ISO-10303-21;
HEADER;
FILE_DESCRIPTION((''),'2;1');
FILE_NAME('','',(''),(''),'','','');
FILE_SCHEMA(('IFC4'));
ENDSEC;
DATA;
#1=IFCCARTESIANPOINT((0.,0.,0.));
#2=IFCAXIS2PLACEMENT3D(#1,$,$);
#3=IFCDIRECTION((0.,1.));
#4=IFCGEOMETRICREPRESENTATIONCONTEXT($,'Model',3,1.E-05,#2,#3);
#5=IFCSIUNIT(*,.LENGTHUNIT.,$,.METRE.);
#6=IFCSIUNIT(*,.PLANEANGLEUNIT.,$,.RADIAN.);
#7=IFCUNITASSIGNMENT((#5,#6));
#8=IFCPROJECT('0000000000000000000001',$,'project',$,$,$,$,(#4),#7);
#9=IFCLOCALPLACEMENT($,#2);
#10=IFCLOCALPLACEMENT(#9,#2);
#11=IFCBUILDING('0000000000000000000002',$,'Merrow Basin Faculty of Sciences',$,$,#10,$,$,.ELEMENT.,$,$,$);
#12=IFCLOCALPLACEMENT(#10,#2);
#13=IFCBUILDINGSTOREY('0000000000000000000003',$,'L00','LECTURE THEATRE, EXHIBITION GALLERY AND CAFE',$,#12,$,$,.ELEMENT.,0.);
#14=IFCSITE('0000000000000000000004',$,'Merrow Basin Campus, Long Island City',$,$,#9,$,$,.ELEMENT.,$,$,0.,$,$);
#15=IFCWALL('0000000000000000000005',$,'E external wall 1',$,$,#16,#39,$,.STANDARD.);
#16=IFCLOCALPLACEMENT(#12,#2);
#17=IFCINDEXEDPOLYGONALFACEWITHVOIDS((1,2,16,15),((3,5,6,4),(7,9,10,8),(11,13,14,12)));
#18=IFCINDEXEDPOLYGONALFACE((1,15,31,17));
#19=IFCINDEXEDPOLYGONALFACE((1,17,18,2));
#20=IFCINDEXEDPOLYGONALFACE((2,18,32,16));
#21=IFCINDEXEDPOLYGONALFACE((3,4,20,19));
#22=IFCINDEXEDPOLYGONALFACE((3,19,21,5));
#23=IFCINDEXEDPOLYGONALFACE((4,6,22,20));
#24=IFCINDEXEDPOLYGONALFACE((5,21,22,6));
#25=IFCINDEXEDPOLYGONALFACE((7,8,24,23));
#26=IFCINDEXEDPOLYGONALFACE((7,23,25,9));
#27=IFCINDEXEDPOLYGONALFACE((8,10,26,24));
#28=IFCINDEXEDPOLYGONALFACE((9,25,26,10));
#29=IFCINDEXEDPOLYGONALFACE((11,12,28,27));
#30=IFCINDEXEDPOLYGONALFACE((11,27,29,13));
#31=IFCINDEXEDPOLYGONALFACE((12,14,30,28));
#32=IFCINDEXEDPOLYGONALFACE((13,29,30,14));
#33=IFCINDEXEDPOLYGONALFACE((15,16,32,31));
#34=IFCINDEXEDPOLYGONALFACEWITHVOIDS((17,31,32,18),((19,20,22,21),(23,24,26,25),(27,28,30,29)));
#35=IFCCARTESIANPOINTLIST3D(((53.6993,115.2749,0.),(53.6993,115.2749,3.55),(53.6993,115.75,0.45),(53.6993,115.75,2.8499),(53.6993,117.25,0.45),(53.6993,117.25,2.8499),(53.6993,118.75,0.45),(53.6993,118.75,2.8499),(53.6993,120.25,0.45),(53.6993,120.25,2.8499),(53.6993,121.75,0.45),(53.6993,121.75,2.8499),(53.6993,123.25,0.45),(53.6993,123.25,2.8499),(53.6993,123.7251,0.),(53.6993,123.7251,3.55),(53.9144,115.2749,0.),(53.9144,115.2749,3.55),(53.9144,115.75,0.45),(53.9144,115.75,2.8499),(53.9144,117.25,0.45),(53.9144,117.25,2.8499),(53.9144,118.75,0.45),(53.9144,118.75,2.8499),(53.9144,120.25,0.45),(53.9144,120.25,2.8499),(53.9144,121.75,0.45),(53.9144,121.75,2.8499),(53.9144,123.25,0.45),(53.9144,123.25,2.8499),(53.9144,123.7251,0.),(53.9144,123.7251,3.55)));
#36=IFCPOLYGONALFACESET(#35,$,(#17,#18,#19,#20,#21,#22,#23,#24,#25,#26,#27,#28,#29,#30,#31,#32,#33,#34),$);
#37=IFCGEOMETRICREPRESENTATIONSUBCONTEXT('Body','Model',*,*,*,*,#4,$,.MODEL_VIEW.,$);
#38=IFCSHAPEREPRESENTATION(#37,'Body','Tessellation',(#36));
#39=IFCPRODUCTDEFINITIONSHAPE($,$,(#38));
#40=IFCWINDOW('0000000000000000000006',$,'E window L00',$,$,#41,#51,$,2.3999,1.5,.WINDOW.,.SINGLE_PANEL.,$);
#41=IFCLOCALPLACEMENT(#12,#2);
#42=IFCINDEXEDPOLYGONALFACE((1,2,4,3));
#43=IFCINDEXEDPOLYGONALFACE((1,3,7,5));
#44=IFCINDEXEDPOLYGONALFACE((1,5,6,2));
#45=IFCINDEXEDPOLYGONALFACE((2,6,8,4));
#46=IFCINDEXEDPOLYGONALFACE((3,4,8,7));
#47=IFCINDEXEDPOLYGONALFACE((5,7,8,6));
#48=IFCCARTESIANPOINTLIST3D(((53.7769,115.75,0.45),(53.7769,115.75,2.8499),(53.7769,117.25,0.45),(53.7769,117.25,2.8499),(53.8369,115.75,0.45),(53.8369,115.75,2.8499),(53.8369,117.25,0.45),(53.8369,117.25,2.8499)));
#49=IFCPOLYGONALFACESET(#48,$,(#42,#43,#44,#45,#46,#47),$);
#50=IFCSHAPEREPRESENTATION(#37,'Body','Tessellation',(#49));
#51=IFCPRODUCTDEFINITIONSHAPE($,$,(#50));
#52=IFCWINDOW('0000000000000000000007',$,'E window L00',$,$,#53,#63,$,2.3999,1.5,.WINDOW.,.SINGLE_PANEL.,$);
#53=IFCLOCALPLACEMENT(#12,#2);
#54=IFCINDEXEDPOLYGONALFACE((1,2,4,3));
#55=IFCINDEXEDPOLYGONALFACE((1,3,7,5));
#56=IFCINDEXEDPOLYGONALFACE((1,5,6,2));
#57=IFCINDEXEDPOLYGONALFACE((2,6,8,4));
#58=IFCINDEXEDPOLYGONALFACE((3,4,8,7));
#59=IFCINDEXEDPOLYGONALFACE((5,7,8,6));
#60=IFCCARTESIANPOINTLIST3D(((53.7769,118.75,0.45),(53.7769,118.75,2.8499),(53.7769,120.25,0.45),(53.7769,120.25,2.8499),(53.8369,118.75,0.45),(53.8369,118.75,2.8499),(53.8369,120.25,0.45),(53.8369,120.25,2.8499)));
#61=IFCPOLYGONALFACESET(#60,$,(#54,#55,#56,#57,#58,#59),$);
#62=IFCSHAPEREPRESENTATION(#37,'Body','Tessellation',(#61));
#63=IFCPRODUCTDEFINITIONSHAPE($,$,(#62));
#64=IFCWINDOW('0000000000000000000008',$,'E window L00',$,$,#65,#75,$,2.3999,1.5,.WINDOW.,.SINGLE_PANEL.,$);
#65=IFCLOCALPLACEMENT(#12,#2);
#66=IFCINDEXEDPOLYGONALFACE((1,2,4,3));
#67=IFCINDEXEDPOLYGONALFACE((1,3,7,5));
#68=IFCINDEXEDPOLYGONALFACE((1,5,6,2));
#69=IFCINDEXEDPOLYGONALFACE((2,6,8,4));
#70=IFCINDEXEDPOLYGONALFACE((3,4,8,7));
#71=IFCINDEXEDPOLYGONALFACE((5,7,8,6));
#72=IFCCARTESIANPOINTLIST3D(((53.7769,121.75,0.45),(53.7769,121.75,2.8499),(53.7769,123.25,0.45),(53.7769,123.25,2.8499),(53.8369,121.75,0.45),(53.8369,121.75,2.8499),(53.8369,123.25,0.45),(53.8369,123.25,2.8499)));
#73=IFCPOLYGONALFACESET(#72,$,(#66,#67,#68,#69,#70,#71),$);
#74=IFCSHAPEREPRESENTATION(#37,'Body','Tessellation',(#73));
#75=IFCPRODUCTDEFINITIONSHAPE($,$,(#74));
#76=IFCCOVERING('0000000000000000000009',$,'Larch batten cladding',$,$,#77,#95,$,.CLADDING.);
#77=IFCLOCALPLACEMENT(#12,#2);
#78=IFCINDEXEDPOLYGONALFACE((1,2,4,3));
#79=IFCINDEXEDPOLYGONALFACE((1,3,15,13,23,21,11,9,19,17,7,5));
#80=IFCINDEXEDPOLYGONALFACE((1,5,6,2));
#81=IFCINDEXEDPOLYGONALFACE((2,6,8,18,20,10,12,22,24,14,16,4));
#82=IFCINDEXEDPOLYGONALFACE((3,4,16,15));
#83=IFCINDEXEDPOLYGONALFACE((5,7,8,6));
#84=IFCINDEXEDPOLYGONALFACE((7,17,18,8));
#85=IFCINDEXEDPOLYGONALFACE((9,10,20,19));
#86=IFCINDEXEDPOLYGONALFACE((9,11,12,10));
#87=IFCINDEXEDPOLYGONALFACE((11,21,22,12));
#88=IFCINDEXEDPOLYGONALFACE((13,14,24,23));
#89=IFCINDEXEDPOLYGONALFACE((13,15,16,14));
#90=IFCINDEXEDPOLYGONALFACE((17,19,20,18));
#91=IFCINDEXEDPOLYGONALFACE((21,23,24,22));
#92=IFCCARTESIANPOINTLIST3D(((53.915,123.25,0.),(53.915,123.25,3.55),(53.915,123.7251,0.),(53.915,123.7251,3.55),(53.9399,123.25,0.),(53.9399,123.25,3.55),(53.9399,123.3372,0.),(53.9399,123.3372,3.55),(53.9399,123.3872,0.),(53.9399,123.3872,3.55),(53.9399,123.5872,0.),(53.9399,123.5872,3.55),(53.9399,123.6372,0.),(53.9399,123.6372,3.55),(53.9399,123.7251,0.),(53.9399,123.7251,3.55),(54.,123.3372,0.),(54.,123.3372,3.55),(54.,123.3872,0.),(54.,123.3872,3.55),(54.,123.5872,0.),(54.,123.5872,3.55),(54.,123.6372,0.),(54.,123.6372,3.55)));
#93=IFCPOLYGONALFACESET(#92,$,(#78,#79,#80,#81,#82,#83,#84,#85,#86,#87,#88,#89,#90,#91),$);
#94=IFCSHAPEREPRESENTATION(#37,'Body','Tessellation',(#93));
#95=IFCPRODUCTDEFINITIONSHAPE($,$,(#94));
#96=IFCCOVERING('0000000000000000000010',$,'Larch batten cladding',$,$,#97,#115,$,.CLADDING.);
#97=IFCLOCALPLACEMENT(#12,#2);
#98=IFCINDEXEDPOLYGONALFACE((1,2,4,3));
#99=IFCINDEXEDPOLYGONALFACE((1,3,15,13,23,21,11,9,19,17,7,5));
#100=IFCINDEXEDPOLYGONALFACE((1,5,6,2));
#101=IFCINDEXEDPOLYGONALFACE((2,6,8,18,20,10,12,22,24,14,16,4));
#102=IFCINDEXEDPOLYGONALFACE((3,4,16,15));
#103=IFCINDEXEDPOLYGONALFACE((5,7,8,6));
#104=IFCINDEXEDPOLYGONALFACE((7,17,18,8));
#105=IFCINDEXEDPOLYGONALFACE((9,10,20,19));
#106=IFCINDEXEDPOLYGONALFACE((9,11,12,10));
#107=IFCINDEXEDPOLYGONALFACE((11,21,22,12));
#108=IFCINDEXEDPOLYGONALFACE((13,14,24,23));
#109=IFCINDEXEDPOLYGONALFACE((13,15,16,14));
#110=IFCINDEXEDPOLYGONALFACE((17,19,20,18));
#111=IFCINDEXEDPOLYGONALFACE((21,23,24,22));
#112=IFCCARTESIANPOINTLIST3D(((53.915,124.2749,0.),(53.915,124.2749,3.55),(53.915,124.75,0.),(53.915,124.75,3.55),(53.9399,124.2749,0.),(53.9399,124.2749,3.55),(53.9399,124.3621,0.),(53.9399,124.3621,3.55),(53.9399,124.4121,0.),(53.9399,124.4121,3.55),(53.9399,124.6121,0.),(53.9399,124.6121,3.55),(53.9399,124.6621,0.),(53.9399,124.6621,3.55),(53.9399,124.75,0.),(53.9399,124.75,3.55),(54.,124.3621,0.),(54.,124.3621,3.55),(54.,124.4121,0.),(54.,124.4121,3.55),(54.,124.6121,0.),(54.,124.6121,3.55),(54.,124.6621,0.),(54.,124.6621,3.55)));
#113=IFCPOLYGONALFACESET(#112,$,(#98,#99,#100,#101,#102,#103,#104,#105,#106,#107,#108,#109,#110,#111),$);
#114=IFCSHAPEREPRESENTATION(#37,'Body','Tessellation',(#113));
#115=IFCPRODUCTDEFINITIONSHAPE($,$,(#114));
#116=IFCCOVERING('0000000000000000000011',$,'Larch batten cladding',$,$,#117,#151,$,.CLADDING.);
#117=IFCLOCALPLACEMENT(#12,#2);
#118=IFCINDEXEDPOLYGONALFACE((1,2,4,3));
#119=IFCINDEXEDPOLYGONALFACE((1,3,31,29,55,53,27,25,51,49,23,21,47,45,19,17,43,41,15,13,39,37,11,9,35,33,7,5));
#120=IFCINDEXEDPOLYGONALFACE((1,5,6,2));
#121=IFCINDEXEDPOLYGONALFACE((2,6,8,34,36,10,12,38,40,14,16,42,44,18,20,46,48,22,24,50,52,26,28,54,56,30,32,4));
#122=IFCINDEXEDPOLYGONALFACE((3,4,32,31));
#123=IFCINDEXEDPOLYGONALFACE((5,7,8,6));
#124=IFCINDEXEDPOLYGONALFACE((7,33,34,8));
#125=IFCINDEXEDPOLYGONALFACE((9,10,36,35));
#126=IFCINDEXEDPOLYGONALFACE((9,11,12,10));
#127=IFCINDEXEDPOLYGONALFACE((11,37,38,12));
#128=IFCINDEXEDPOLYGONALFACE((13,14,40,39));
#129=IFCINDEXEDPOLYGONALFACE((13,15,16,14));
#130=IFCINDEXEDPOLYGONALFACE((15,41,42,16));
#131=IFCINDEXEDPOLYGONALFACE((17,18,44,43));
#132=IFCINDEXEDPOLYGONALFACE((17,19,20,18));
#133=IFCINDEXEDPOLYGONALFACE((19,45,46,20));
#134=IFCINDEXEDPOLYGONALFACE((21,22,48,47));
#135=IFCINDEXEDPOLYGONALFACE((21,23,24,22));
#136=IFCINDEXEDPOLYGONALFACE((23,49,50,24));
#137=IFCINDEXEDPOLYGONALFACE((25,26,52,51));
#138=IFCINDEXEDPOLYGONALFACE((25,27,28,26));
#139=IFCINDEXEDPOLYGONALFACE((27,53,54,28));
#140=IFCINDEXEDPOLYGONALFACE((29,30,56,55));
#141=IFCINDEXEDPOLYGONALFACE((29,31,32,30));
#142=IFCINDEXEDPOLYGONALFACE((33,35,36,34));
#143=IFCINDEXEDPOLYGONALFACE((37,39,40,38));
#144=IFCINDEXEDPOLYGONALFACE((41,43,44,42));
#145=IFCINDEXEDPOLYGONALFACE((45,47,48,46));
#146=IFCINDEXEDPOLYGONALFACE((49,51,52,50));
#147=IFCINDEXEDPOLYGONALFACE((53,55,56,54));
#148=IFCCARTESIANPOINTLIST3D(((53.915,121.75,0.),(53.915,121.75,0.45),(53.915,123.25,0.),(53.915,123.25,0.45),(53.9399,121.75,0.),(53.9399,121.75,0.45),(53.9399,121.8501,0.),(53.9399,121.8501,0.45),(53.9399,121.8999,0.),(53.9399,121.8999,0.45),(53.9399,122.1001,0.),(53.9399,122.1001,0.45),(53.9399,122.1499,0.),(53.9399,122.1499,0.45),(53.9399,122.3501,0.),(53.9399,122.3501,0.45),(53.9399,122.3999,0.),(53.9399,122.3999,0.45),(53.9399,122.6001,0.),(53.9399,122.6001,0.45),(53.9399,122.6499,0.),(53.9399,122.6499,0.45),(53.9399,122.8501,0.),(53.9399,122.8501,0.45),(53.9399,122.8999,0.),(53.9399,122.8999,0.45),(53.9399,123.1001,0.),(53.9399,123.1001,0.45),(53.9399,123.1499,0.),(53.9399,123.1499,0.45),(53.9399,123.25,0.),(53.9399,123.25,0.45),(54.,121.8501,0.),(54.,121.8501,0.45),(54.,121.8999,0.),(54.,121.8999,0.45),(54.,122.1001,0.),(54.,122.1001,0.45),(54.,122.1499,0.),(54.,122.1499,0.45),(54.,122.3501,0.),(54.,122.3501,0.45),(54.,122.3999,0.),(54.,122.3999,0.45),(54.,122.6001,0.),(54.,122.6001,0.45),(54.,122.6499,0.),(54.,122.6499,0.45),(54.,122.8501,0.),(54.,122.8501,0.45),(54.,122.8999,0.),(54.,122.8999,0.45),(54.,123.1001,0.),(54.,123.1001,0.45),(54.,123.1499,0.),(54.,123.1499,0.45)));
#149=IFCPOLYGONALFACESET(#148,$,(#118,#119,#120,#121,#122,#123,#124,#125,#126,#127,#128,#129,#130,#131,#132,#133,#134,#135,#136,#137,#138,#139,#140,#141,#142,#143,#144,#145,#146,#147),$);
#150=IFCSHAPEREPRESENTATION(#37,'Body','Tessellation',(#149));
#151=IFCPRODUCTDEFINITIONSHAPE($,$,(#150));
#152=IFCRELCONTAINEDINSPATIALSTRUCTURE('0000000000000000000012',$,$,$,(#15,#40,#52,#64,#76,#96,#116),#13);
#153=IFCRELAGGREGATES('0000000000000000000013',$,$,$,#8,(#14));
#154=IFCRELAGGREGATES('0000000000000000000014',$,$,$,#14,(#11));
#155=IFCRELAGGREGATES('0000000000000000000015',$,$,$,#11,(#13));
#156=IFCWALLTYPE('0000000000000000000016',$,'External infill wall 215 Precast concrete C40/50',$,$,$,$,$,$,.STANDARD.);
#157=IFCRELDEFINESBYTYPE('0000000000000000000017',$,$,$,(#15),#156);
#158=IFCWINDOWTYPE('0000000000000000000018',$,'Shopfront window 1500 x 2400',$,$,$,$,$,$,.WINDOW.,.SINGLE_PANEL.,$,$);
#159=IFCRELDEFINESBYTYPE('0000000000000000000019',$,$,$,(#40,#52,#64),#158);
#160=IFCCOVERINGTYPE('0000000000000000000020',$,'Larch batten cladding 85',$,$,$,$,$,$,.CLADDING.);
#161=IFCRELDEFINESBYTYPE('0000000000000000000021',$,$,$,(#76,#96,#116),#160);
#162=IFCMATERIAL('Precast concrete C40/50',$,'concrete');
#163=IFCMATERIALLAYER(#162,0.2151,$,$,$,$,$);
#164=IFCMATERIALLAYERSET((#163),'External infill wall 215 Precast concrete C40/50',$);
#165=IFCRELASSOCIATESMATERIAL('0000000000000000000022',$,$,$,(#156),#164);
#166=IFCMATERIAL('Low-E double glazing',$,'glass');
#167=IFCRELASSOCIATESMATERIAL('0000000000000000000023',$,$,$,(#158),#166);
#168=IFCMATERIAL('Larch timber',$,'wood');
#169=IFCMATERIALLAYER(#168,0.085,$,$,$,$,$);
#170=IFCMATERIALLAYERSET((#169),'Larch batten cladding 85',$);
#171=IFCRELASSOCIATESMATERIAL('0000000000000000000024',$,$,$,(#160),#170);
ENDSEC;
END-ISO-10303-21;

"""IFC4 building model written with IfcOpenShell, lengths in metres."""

from ifc_helpers import new_model, si_unit, direction, frame, frame_2d, origin, place, context, subcontext, project, spatial, polyline, rectangle, outline, extrude, source, transform, mapped, material, layer, layer_set, type_object, element, fill, save


model = new_model("IFC4")

# Units and contexts
model_context = context("Model", 3, precision=1e-05, world=origin(), true_north=direction((0.0, 1.0)))
body_context = subcontext(model_context, "Body", "Model", "MODEL_VIEW")
ifc_project = project(units=[si_unit("LENGTHUNIT", "METRE"), si_unit("PLANEANGLEUNIT", "RADIAN")], contexts=[model_context])

# Site, building, storey
site_placement = place(None, origin())
site = spatial("IfcSite", under=ifc_project, at=site_placement, Name="Merrow Basin Campus, Long Island City", CompositionType="ELEMENT", RefElevation=0.0)
building_placement = place(site_placement, origin())
building = spatial("IfcBuilding", under=site, at=building_placement, Name="Merrow Basin Faculty of Sciences", CompositionType="ELEMENT")
storey_placement = place(building_placement, origin())
storey = spatial("IfcBuildingStorey", under=building, at=storey_placement, Name="L00", Description="LECTURE THEATRE, EXHIBITION GALLERY AND CAFE", CompositionType="ELEMENT", Elevation=0.0)

# Wall, openings, windows
ifc_material_1 = material(Name="Precast concrete C40/50", Category="concrete")
ifc_layer_1 = layer(ifc_material_1, 0.2151)
ifc_layer_set_1 = layer_set([ifc_layer_1], Name="External infill wall 215 Precast concrete C40/50")
wall_type = type_object("IfcWallType", Name="External infill wall 215 Precast concrete C40/50", PredefinedType="STANDARD", material=ifc_layer_set_1)
wall_placement = place(storey_placement, frame((53.8069, 123.7251, 0.0), z_axis=(0.0, 0.0, 1.0), x_axis=(0.0, -1.0, 0.0)))
wall = element("IfcWall", 1, at=wall_placement, inside=storey, type_object=wall_type, Name="E external wall 1", PredefinedType="STANDARD", context=body_context, shape_type="SweptSolid", body=[
    extrude(rectangle(XDim=8.4502, YDim=0.2151, at=frame_2d((4.2251, 0.0))), origin(), (0.0, 0.0, 1.0), 3.55),
])
opening_1_placement = place(wall_placement, frame((6.4751, 0.0, 0.45)))
opening_1 = element("IfcOpeningElement", 2, at=opening_1_placement, cuts=wall, PredefinedType="OPENING", context=body_context, shape_type="SweptSolid", body=[
    extrude(rectangle(XDim=1.5, YDim=2.3999, at=frame_2d((0.75, 1.2))), frame((0.0, 0.1174, 0.0), z_axis=(0.0, -1.0, 0.0), x_axis=(1.0, 0.0, 0.0)), (0.0, 0.0, 1.0), 0.2351),
])
opening_2_placement = place(wall_placement, frame((3.4751, 0.0, 0.45)))
opening_2 = element("IfcOpeningElement", 3, at=opening_2_placement, cuts=wall, PredefinedType="OPENING", context=body_context, shape_type="SweptSolid", body=[
    extrude(rectangle(XDim=1.5, YDim=2.3999, at=frame_2d((0.75, 1.2))), frame((0.0, 0.1174, 0.0), z_axis=(0.0, -1.0, 0.0), x_axis=(1.0, 0.0, 0.0)), (0.0, 0.0, 1.0), 0.2351),
])
opening_3_placement = place(wall_placement, frame((0.4751, 0.0, 0.45)))
opening_3 = element("IfcOpeningElement", 4, at=opening_3_placement, cuts=wall, PredefinedType="OPENING", context=body_context, shape_type="SweptSolid", body=[
    extrude(rectangle(XDim=1.5, YDim=2.3999, at=frame_2d((0.75, 1.2))), frame((0.0, 0.1174, 0.0), z_axis=(0.0, -1.0, 0.0), x_axis=(1.0, 0.0, 0.0)), (0.0, 0.0, 1.0), 0.2351),
])
ifc_material_2 = material(Name="Low-E double glazing", Category="glass")
window_type = type_object("IfcWindowType", Name="Shopfront window 1500 x 2400", PartitioningType="SINGLE_PANEL", PredefinedType="WINDOW", material=ifc_material_2)
window_1_placement = place(opening_1_placement, origin())
window_1 = element("IfcWindow", 5, at=window_1_placement, inside=storey, type_object=window_type, Name="E window L00", OverallHeight=2.3999, OverallWidth=1.5, PartitioningType="SINGLE_PANEL", PredefinedType="WINDOW", context=body_context, shape_type="SweptSolid", body=[
    extrude(rectangle(XDim=1.5, YDim=2.3999, at=frame_2d((0.75, 1.2))), frame((0.0, 0.03, 0.0), z_axis=(0.0, -1.0, 0.0), x_axis=(1.0, 0.0, 0.0)), (0.0, 0.0, 1.0), 0.0601),
])
fill(opening_1, window_1)
window_2_placement = place(opening_2_placement, origin())
window_2 = element("IfcWindow", 6, at=window_2_placement, inside=storey, type_object=window_type, Name="E window L00", OverallHeight=2.3999, OverallWidth=1.5, PartitioningType="SINGLE_PANEL", PredefinedType="WINDOW", context=body_context, shape_type="SweptSolid", body=[
    extrude(rectangle(XDim=1.5, YDim=2.3999, at=frame_2d((0.75, 1.2))), frame((0.0, 0.03, 0.0), z_axis=(0.0, -1.0, 0.0), x_axis=(1.0, 0.0, 0.0)), (0.0, 0.0, 1.0), 0.0601),
])
fill(opening_2, window_2)
window_3_placement = place(opening_3_placement, origin())
window_3 = element("IfcWindow", 7, at=window_3_placement, inside=storey, type_object=window_type, Name="E window L00", OverallHeight=2.3999, OverallWidth=1.5, PartitioningType="SINGLE_PANEL", PredefinedType="WINDOW", context=body_context, shape_type="SweptSolid", body=[
    extrude(rectangle(XDim=1.5, YDim=2.3999, at=frame_2d((0.75, 1.2))), frame((0.0, 0.03, 0.0), z_axis=(0.0, -1.0, 0.0), x_axis=(1.0, 0.0, 0.0)), (0.0, 0.0, 1.0), 0.0601),
])
fill(opening_3, window_3)

# Coverings
ifc_material_3 = material(Name="Larch timber", Category="wood")
ifc_layer_2 = layer(ifc_material_3, 0.085)
ifc_layer_set_2 = layer_set([ifc_layer_2], Name="Larch batten cladding 85")
covering_type = type_object("IfcCoveringType", Name="Larch batten cladding 85", PredefinedType="CLADDING", material=ifc_layer_set_2)
shared_shape_1 = source(origin(), body_context, "Body", "SweptSolid", [
    extrude(outline(polyline([(0.0, 0.0), (0.4751, 0.0), (0.4751, 0.0249), (0.3879, 0.0249), (0.3879, 0.085), (0.3379, 0.085), (0.3379, 0.0249), (0.1379, 0.0249), (0.1379, 0.085), (0.0879, 0.085), (0.0879, 0.0249), (0.0, 0.0249), (0.0, 0.0)])), origin(), (0.0, 0.0, 1.0), 3.55),
])
for number, where, z_axis, x_axis, name in (
    (8, (53.915, 123.7251, 0.0), (0.0, 0.0, 1.0), (0.0, -1.0, 0.0), "Larch batten cladding"),
    (9, (53.915, 124.75, 0.0), (0.0, 0.0, 1.0), (0.0, -1.0, 0.0), "Larch batten cladding"),
):
    element("IfcCovering", number, at=place(storey_placement, frame(where, z_axis=z_axis, x_axis=x_axis)), inside=storey, type_object=covering_type, Name=name, PredefinedType="CLADDING", context=body_context, shape_type="MappedRepresentation", body=[
        mapped(shared_shape_1, transform((0.0, 0.0, 0.0), scale=1.0)),
    ])
shared_shape_2 = source(origin(), body_context, "Body", "SweptSolid", [
    extrude(outline(polyline([(0.0, 0.0), (1.5, 0.0), (1.5, 0.0249), (1.3999, 0.0249), (1.3999, 0.085), (1.3501, 0.085), (1.3501, 0.0249), (1.1499, 0.0249), (1.1499, 0.085), (1.1001, 0.085), (1.1001, 0.0249), (0.8999, 0.0249), (0.8999, 0.085), (0.8501, 0.085), (0.8501, 0.0249), (0.6499, 0.0249), (0.6499, 0.085), (0.6001, 0.085), (0.6001, 0.0249), (0.3999, 0.0249), (0.3999, 0.085), (0.3501, 0.085), (0.3501, 0.0249), (0.1499, 0.0249), (0.1499, 0.085), (0.1001, 0.085), (0.1001, 0.0249), (0.0, 0.0249), (0.0, 0.0)])), origin(), (0.0, 0.0, 1.0), 0.45),
])
for number, where, z_axis, x_axis, name in (
    (10, (53.915, 123.25, 0.0), (0.0, 0.0, 1.0), (0.0, -1.0, 0.0), "Larch batten cladding"),
):
    element("IfcCovering", number, at=place(storey_placement, frame(where, z_axis=z_axis, x_axis=x_axis)), inside=storey, type_object=covering_type, Name=name, PredefinedType="CLADDING", context=body_context, shape_type="MappedRepresentation", body=[
        mapped(shared_shape_2, transform((0.0, 0.0, 0.0), scale=1.0)),
    ])

save(model, "model.ifc")
